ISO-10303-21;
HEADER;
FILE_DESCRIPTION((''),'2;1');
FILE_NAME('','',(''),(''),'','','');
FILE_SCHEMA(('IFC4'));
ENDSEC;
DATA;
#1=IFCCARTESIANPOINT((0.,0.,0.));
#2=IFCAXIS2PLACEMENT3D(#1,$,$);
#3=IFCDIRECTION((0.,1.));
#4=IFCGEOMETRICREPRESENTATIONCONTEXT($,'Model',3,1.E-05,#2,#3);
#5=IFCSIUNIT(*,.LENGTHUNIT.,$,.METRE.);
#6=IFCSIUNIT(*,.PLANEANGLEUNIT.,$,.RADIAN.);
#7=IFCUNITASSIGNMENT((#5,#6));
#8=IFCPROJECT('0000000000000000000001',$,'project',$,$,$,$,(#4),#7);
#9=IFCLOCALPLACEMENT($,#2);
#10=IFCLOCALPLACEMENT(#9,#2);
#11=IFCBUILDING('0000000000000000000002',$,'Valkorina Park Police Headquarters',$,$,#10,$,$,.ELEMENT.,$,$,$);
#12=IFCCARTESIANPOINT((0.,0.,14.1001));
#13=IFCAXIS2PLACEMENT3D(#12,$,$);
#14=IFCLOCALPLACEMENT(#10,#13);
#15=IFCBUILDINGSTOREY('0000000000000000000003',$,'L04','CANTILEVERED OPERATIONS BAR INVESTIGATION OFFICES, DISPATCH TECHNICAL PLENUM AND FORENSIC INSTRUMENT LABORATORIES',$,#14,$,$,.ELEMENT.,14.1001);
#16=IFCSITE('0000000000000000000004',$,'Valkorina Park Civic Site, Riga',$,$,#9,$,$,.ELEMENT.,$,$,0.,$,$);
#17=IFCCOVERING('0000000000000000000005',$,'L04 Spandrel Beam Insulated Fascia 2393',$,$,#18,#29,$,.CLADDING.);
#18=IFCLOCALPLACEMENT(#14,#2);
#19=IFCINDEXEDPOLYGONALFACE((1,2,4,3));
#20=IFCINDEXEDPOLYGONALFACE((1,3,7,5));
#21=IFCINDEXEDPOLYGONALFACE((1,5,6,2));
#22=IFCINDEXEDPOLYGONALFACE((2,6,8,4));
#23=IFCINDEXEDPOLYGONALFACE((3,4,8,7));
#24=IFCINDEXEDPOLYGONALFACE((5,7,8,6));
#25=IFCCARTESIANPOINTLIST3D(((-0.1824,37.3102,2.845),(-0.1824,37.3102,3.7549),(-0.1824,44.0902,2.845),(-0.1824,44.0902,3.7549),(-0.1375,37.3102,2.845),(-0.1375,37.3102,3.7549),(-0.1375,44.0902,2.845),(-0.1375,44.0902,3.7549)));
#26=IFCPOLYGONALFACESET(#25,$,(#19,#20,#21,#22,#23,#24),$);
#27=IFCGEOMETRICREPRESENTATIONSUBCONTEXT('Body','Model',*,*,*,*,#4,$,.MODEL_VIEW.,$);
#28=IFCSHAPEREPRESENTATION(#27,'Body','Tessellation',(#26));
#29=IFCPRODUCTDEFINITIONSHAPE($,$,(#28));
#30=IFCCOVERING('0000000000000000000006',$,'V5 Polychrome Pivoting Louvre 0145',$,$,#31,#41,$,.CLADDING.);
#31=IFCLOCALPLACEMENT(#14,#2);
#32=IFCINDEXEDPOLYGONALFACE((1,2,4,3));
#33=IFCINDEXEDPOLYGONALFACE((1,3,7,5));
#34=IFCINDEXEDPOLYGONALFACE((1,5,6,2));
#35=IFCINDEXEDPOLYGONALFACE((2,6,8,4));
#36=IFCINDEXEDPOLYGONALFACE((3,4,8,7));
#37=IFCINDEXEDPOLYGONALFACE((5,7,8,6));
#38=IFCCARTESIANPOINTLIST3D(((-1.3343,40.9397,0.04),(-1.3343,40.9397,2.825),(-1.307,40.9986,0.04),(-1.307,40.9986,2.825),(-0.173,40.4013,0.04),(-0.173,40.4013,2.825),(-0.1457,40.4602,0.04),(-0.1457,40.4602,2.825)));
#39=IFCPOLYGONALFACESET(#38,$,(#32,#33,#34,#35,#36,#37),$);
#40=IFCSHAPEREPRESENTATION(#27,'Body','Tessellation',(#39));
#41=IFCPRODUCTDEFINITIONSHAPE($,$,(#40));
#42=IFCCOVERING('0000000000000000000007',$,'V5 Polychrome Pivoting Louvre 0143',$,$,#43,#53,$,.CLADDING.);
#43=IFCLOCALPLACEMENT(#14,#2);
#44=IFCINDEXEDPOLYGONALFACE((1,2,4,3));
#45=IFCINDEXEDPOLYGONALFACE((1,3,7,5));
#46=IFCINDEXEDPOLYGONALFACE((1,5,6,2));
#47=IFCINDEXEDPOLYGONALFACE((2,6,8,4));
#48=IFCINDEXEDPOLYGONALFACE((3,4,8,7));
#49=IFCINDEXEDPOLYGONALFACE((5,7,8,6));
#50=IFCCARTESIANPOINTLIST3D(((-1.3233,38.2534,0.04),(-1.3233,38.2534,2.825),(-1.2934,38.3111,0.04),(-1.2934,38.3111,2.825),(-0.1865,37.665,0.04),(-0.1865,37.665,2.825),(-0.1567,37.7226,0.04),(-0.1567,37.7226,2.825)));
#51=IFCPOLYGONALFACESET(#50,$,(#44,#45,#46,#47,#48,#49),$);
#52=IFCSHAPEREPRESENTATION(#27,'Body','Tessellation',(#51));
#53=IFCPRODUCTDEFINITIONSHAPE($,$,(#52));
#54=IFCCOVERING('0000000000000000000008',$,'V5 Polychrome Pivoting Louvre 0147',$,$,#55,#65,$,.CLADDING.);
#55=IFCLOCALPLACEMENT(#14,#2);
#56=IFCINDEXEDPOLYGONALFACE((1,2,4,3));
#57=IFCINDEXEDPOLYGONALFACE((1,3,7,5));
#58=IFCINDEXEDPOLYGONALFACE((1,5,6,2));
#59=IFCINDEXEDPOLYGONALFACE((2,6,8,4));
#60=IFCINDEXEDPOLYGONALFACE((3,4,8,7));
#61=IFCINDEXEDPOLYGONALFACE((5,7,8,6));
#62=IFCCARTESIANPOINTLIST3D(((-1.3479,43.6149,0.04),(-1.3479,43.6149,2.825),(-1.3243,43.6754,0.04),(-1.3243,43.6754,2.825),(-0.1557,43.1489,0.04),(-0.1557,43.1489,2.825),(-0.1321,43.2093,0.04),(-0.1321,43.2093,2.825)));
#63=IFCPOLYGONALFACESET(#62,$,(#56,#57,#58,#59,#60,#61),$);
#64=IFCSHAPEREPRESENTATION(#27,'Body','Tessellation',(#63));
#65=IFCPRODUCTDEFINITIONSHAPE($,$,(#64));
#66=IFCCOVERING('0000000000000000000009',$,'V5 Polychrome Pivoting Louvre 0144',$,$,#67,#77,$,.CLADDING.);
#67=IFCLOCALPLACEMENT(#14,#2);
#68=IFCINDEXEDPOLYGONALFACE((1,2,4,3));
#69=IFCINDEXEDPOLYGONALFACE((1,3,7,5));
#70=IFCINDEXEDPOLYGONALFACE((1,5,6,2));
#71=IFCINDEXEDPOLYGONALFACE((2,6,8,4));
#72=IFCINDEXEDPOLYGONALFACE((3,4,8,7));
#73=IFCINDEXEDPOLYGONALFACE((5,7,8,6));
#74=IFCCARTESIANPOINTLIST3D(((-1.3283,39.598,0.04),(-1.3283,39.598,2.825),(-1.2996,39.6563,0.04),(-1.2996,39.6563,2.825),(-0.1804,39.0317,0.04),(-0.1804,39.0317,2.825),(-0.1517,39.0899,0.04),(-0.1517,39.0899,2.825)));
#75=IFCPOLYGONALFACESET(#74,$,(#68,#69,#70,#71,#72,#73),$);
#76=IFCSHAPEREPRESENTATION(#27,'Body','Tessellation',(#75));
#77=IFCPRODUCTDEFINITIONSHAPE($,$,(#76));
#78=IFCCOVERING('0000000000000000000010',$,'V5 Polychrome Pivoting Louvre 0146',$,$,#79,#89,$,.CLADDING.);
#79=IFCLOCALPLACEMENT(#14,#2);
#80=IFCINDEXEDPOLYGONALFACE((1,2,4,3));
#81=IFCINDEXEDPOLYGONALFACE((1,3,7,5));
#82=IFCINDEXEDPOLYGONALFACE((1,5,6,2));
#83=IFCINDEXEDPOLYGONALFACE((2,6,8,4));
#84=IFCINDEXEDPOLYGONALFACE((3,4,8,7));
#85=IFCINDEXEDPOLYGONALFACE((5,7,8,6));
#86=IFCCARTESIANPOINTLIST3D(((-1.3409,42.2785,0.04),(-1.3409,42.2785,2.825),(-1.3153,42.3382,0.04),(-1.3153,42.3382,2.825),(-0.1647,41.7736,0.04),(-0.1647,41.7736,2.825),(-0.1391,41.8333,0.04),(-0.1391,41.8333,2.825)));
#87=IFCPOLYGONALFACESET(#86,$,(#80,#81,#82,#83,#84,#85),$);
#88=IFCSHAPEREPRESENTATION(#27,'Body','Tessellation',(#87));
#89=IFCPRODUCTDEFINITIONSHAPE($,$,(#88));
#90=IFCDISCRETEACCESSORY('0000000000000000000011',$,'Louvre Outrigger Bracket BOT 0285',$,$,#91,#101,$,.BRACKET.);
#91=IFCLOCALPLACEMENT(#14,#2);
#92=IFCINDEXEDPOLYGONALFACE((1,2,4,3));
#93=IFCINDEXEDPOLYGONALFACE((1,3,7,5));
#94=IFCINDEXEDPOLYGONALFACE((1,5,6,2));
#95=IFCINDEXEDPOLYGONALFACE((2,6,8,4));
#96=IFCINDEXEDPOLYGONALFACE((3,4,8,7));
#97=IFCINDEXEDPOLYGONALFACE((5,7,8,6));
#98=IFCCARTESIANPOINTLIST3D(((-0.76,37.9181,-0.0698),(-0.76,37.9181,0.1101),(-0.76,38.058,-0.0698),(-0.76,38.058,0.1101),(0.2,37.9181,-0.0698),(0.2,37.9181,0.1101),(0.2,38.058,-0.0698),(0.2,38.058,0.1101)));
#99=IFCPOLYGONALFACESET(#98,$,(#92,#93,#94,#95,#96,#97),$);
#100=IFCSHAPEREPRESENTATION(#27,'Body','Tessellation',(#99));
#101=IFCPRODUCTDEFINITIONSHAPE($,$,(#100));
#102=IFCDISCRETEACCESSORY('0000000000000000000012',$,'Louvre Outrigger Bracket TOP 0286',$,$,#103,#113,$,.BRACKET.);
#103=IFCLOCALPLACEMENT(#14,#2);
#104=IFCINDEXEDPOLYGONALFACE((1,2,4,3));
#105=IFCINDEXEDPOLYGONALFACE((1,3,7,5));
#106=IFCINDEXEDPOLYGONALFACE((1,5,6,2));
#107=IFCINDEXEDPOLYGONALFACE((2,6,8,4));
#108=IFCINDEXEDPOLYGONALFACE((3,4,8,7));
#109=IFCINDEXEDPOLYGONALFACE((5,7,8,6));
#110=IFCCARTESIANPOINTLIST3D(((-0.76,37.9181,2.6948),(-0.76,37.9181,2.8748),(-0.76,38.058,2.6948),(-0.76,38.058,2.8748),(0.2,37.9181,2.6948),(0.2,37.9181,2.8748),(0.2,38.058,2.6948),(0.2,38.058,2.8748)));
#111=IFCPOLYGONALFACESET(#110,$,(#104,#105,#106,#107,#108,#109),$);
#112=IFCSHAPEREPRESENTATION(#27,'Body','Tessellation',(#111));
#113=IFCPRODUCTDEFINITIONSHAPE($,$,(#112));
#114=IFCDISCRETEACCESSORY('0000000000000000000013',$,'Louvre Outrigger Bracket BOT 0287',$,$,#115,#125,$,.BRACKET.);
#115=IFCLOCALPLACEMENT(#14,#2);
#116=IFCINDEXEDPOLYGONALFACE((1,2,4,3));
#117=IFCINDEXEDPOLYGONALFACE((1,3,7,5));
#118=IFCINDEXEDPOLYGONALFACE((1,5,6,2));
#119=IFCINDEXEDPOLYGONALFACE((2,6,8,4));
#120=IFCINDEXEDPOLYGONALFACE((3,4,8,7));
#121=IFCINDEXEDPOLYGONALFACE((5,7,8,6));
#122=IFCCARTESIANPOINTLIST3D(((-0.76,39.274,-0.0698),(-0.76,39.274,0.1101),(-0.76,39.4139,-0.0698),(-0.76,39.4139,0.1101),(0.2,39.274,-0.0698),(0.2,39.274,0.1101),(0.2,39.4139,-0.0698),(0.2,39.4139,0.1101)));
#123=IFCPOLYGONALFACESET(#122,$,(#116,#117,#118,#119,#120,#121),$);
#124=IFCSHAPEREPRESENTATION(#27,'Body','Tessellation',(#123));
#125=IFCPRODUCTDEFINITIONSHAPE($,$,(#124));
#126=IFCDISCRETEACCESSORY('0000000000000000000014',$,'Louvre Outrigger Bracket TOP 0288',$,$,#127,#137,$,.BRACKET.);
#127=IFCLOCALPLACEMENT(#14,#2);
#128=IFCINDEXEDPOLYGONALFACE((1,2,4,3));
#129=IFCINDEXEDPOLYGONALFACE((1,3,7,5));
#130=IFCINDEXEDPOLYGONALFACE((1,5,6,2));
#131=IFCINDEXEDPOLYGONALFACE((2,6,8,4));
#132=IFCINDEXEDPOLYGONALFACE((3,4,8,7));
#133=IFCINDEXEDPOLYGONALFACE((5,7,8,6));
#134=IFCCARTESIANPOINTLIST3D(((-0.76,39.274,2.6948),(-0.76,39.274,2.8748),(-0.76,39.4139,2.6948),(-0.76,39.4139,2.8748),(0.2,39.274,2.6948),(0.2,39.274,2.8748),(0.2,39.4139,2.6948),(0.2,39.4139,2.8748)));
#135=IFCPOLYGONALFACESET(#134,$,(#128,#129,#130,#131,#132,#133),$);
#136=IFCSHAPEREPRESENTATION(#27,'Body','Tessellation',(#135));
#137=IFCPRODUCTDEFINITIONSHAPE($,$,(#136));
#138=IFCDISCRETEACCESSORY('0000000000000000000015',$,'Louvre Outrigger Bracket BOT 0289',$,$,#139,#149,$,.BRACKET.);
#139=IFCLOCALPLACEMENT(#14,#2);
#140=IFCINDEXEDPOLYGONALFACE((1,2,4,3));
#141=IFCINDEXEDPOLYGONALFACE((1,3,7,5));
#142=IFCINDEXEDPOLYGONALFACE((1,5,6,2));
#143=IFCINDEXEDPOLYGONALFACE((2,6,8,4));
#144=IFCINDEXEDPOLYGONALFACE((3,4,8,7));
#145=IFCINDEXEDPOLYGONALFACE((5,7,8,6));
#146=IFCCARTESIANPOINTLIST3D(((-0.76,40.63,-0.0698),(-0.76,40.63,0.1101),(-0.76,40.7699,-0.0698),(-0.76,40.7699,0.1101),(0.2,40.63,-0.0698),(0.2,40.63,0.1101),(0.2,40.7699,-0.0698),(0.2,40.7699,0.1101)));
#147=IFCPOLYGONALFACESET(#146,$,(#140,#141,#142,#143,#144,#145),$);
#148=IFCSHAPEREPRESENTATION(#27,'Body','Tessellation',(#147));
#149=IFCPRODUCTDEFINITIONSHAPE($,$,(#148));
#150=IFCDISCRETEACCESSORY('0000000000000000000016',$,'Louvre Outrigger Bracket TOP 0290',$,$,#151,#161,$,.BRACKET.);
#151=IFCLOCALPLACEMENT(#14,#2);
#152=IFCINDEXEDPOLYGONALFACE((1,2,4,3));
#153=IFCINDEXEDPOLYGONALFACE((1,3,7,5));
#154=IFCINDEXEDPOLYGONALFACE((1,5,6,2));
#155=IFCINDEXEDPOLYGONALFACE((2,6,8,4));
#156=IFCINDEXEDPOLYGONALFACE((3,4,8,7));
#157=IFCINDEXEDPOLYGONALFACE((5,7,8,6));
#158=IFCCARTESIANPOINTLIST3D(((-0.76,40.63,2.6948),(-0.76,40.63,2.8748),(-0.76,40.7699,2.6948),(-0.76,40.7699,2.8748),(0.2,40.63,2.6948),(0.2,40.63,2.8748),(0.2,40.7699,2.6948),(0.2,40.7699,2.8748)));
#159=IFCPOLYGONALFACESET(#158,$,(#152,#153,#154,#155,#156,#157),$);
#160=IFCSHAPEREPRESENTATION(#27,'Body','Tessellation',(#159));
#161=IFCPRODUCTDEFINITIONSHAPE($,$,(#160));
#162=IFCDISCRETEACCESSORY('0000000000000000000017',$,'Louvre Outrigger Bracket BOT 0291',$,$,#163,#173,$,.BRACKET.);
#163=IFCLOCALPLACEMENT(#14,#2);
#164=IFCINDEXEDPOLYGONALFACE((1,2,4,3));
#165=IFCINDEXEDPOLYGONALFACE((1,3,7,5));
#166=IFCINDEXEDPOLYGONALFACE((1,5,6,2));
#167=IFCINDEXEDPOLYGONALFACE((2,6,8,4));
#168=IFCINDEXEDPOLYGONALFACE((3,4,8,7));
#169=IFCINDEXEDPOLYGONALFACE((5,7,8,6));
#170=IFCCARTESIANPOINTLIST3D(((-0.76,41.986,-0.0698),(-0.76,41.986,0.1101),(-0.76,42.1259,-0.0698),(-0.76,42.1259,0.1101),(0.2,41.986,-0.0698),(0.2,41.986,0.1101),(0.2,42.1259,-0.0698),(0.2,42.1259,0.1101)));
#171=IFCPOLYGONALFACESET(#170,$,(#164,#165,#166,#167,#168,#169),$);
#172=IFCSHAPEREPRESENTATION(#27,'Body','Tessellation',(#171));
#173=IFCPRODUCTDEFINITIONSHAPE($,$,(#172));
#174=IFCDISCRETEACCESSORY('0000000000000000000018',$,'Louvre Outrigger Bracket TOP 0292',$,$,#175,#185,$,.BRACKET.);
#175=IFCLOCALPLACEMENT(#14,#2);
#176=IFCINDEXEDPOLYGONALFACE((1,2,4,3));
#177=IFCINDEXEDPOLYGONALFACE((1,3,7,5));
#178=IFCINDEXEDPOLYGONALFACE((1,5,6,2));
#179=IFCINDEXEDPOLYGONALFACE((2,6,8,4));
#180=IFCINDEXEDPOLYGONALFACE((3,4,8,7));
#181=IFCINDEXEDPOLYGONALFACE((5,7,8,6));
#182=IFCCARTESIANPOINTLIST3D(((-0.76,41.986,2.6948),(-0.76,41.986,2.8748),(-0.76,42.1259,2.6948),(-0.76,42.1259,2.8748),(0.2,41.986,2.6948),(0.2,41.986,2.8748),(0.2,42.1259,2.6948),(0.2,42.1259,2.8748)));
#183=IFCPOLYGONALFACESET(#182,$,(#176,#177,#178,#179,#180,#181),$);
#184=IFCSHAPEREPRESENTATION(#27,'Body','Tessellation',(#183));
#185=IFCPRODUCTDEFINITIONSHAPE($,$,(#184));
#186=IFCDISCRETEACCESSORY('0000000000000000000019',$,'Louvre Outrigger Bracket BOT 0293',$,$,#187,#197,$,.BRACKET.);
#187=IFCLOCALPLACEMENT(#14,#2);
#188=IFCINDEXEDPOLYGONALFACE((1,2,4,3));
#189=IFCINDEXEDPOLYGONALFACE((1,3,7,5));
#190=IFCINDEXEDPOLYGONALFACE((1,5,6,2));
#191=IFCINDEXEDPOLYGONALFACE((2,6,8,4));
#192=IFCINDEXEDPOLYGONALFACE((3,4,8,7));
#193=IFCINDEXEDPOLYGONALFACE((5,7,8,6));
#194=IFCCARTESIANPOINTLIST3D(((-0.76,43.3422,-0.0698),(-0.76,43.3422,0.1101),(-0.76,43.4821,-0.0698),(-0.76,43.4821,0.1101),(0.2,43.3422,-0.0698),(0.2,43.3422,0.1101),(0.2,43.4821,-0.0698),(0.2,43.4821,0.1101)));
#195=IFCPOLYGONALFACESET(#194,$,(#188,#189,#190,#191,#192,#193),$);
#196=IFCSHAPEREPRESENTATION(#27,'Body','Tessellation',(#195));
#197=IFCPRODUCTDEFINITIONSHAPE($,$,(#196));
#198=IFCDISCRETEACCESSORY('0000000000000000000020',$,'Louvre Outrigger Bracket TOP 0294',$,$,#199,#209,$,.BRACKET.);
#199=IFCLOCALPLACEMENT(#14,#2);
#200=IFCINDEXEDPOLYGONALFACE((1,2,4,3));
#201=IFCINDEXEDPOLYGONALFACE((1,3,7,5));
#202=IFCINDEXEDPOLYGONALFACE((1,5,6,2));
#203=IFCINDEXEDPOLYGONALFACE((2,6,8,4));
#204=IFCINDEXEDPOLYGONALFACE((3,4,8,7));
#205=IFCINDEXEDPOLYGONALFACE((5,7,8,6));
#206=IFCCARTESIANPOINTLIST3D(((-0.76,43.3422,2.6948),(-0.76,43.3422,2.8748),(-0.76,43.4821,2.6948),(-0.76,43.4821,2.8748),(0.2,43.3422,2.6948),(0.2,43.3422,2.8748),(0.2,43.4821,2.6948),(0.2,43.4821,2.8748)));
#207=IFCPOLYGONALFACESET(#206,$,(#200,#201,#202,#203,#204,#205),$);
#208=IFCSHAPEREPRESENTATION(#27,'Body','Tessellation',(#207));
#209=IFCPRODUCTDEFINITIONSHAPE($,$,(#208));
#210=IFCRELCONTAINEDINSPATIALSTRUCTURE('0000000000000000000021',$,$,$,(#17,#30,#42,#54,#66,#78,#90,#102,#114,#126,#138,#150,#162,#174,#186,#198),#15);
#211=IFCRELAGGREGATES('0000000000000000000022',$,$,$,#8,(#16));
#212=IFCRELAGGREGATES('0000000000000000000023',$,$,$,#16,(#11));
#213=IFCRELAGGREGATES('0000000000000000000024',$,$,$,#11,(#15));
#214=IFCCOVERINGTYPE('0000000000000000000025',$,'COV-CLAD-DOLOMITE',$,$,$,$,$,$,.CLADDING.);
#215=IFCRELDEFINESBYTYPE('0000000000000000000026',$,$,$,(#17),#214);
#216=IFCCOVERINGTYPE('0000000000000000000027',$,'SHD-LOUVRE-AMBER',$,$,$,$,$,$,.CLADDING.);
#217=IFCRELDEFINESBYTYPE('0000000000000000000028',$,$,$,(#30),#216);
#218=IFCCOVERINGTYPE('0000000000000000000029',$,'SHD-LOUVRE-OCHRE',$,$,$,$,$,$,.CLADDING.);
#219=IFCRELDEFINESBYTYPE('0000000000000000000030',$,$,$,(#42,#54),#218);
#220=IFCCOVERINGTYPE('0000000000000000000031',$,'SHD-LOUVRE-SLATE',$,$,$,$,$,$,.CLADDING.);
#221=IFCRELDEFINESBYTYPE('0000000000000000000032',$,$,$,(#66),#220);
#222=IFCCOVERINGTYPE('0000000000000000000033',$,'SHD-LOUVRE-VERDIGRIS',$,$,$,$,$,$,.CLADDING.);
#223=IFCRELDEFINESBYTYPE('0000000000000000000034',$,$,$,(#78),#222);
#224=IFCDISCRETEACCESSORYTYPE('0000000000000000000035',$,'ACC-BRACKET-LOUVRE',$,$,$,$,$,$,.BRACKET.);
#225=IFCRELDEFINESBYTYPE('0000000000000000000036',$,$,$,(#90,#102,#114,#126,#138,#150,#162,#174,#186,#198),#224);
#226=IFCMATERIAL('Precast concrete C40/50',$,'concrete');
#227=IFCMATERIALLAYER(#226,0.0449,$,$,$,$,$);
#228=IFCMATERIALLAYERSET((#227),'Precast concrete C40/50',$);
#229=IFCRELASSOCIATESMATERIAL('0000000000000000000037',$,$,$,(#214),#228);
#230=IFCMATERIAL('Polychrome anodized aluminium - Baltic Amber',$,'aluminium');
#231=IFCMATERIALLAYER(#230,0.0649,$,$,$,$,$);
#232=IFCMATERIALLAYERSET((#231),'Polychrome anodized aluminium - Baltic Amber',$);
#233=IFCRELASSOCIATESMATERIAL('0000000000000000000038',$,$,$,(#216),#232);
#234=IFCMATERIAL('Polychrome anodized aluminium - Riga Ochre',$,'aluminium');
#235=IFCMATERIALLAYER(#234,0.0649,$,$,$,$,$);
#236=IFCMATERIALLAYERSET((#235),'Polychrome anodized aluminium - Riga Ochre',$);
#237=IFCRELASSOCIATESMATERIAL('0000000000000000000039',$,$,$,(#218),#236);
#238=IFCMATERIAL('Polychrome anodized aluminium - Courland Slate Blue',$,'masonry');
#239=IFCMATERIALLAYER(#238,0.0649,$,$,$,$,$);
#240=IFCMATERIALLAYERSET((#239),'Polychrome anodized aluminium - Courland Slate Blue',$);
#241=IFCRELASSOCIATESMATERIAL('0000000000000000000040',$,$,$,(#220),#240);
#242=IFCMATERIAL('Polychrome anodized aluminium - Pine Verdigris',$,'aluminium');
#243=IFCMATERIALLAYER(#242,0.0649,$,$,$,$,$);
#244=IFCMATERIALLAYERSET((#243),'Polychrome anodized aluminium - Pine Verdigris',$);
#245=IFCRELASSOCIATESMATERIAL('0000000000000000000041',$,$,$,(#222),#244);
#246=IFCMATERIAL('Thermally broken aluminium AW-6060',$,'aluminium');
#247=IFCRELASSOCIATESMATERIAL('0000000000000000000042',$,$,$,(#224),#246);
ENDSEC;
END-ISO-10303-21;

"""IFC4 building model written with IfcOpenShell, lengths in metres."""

from ifc_helpers import new_model, si_unit, direction, frame, frame_2d, origin, origin_2d, place, context, subcontext, project, spatial, rectangle, extrude, material, layer, layer_set, type_object, element, save


model = new_model("IFC4")

# Units and contexts
model_context = context("Model", 3, precision=1e-05, world=origin(), true_north=direction((0.0, 1.0)))
body_context = subcontext(model_context, "Body", "Model", "MODEL_VIEW")
ifc_project = project(units=[si_unit("LENGTHUNIT", "METRE"), si_unit("PLANEANGLEUNIT", "RADIAN")], contexts=[model_context])

# Site, building, storey
site_placement = place(None, origin())
site = spatial("IfcSite", under=ifc_project, at=site_placement, Name="Valkorina Park Civic Site, Riga", CompositionType="ELEMENT", RefElevation=0.0)
building_placement = place(site_placement, origin())
building = spatial("IfcBuilding", under=site, at=building_placement, Name="Valkorina Park Police Headquarters", CompositionType="ELEMENT")
storey_placement = place(building_placement, frame((0.0, 0.0, 14.1001)))
storey = spatial("IfcBuildingStorey", under=building, at=storey_placement, Name="L04", Description="CANTILEVERED OPERATIONS BAR INVESTIGATION OFFICES, DISPATCH TECHNICAL PLENUM AND FORENSIC INSTRUMENT LABORATORIES", CompositionType="ELEMENT", Elevation=14.1001)

# Shared definitions
ifc_material_1 = material(Name="Thermally broken aluminium AW-6060", Category="aluminium")

# Coverings
ifc_material_2 = material(Name="Precast concrete C40/50", Category="concrete")
ifc_layer_1 = layer(ifc_material_2, 0.0449)
ifc_layer_set_1 = layer_set([ifc_layer_1], Name="Precast concrete C40/50")
covering_type_1 = type_object("IfcCoveringType", Name="COV-CLAD-DOLOMITE", PredefinedType="CLADDING", material=ifc_layer_set_1)
covering_1_placement = place(storey_placement, frame((-0.1599, 37.3101, 2.845), z_axis=(0.0, 0.0, 1.0), x_axis=(0.0, 1.0, 0.0)))
element("IfcCovering", 1, at=covering_1_placement, inside=storey, type_object=covering_type_1, Name="L04 Spandrel Beam Insulated Fascia 2393", PredefinedType="CLADDING", context=body_context, shape_type="SweptSolid", body=[
    extrude(rectangle(XDim=6.78, YDim=0.0449, at=frame_2d((3.3901, 0.0))), origin(), (0.0, 0.0, 1.0), 0.9099),
])
ifc_material_3 = material(Name="Polychrome anodized aluminium - Baltic Amber", Category="aluminium")
ifc_layer_2 = layer(ifc_material_3, 0.0649)
ifc_layer_set_2 = layer_set([ifc_layer_2], Name="Polychrome anodized aluminium - Baltic Amber")
covering_type_2 = type_object("IfcCoveringType", Name="SHD-LOUVRE-AMBER", PredefinedType="CLADDING", material=ifc_layer_set_2)
covering_2_placement = place(storey_placement, frame((-0.74, 40.7, 0.04), z_axis=(0.0, 0.0, 1.0), x_axis=(-0.907264, 0.420561, 0.0)))
element("IfcCovering", 2, at=covering_2_placement, inside=storey, type_object=covering_type_2, Name="V5 Polychrome Pivoting Louvre 0145", PredefinedType="CLADDING", context=body_context, shape_type="SweptSolid", body=[
    extrude(rectangle(XDim=1.28, YDim=0.0649, at=origin_2d()), origin(), (0.0, 0.0, 1.0), 2.7849),
])
ifc_material_4 = material(Name="Polychrome anodized aluminium - Riga Ochre", Category="aluminium")
ifc_layer_3 = layer(ifc_material_4, 0.0649)
ifc_layer_set_3 = layer_set([ifc_layer_3], Name="Polychrome anodized aluminium - Riga Ochre")
covering_type_3 = type_object("IfcCoveringType", Name="SHD-LOUVRE-OCHRE", PredefinedType="CLADDING", material=ifc_layer_set_3)
for number, where, z_axis, x_axis, name in (
    (3, (-0.74, 37.988, 0.04), (0.0, 0.0, 1.0), (-0.888056, 0.459735, 0.0), "V5 Polychrome Pivoting Louvre 0143"),
    (4, (-0.74, 43.4121, 0.04), (0.0, 0.0, 1.0), (-0.931374, 0.364064, 0.0), "V5 Polychrome Pivoting Louvre 0147"),
):
    element("IfcCovering", number, at=place(storey_placement, frame(where, z_axis=z_axis, x_axis=x_axis)), inside=storey, type_object=covering_type_3, Name=name, PredefinedType="CLADDING", context=body_context, shape_type="SweptSolid", body=[
        extrude(rectangle(XDim=1.28, YDim=0.0649, at=origin_2d()), origin(), (0.0, 0.0, 1.0), 2.7849),
    ])
ifc_material_5 = material(Name="Polychrome anodized aluminium - Courland Slate Blue", Category="masonry")
ifc_layer_4 = layer(ifc_material_5, 0.0649)
ifc_layer_set_4 = layer_set([ifc_layer_4], Name="Polychrome anodized aluminium - Courland Slate Blue")
covering_type_4 = type_object("IfcCoveringType", Name="SHD-LOUVRE-SLATE", PredefinedType="CLADDING", material=ifc_layer_set_4)
covering_3_placement = place(storey_placement, frame((-0.74, 39.344, 0.04), z_axis=(0.0, 0.0, 1.0), x_axis=(-0.896796, 0.442445, 0.0)))
element("IfcCovering", 5, at=covering_3_placement, inside=storey, type_object=covering_type_4, Name="V5 Polychrome Pivoting Louvre 0144", PredefinedType="CLADDING", context=body_context, shape_type="SweptSolid", body=[
    extrude(rectangle(XDim=1.28, YDim=0.0649, at=origin_2d()), origin(), (0.0, 0.0, 1.0), 2.7849),
])
ifc_material_6 = material(Name="Polychrome anodized aluminium - Pine Verdigris", Category="aluminium")
ifc_layer_5 = layer(ifc_material_6, 0.0649)
ifc_layer_set_5 = layer_set([ifc_layer_5], Name="Polychrome anodized aluminium - Pine Verdigris")
covering_type_5 = type_object("IfcCoveringType", Name="SHD-LOUVRE-VERDIGRIS", PredefinedType="CLADDING", material=ifc_layer_set_5)
covering_4_placement = place(storey_placement, frame((-0.74, 42.0559, 0.04), z_axis=(0.0, 0.0, 1.0), x_axis=(-0.918929, 0.394423, 0.0)))
element("IfcCovering", 6, at=covering_4_placement, inside=storey, type_object=covering_type_5, Name="V5 Polychrome Pivoting Louvre 0146", PredefinedType="CLADDING", context=body_context, shape_type="SweptSolid", body=[
    extrude(rectangle(XDim=1.28, YDim=0.0649, at=origin_2d()), origin(), (0.0, 0.0, 1.0), 2.7849),
])

# Discrete accessories
discrete_accessory_type = type_object("IfcDiscreteAccessoryType", Name="ACC-BRACKET-LOUVRE", PredefinedType="BRACKET", material=ifc_material_1)
for number, where, z_axis, x_axis, name in (
    (7, (-0.28, 37.988, -0.0698), (0.0, 0.0, 1.0), (-1.0, 0.0, 0.0), "Louvre Outrigger Bracket BOT 0285"),
    (8, (-0.28, 37.988, 2.6948), (0.0, 0.0, 1.0), (-1.0, 0.0, 0.0), "Louvre Outrigger Bracket TOP 0286"),
    (9, (-0.28, 39.344, -0.0698), (0.0, 0.0, 1.0), (-1.0, 0.0, 0.0), "Louvre Outrigger Bracket BOT 0287"),
    (10, (-0.28, 39.344, 2.6948), (0.0, 0.0, 1.0), (-1.0, 0.0, 0.0), "Louvre Outrigger Bracket TOP 0288"),
    (11, (-0.28, 40.7, -0.0698), (0.0, 0.0, 1.0), (-1.0, 0.0, 0.0), "Louvre Outrigger Bracket BOT 0289"),
    (12, (-0.28, 40.7, 2.6948), (0.0, 0.0, 1.0), (-1.0, 0.0, 0.0), "Louvre Outrigger Bracket TOP 0290"),
    (13, (-0.28, 42.0559, -0.0698), (0.0, 0.0, 1.0), (-1.0, 0.0, 0.0), "Louvre Outrigger Bracket BOT 0291"),
    (14, (-0.28, 42.0559, 2.6948), (0.0, 0.0, 1.0), (-1.0, 0.0, 0.0), "Louvre Outrigger Bracket TOP 0292"),
    (15, (-0.28, 43.4121, -0.0698), (0.0, 0.0, 1.0), (-1.0, 0.0, 0.0), "Louvre Outrigger Bracket BOT 0293"),
    (16, (-0.28, 43.4121, 2.6948), (0.0, 0.0, 1.0), (-1.0, 0.0, 0.0), "Louvre Outrigger Bracket TOP 0294"),
):
    element("IfcDiscreteAccessory", number, at=place(storey_placement, frame(where, z_axis=z_axis, x_axis=x_axis)), inside=storey, type_object=discrete_accessory_type, Name=name, PredefinedType="BRACKET", context=body_context, shape_type="SweptSolid", body=[
        extrude(rectangle(XDim=0.96, YDim=0.1399, at=origin_2d()), origin(), (0.0, 0.0, 1.0), 0.1799),
    ])

save(model, "model.ifc")
